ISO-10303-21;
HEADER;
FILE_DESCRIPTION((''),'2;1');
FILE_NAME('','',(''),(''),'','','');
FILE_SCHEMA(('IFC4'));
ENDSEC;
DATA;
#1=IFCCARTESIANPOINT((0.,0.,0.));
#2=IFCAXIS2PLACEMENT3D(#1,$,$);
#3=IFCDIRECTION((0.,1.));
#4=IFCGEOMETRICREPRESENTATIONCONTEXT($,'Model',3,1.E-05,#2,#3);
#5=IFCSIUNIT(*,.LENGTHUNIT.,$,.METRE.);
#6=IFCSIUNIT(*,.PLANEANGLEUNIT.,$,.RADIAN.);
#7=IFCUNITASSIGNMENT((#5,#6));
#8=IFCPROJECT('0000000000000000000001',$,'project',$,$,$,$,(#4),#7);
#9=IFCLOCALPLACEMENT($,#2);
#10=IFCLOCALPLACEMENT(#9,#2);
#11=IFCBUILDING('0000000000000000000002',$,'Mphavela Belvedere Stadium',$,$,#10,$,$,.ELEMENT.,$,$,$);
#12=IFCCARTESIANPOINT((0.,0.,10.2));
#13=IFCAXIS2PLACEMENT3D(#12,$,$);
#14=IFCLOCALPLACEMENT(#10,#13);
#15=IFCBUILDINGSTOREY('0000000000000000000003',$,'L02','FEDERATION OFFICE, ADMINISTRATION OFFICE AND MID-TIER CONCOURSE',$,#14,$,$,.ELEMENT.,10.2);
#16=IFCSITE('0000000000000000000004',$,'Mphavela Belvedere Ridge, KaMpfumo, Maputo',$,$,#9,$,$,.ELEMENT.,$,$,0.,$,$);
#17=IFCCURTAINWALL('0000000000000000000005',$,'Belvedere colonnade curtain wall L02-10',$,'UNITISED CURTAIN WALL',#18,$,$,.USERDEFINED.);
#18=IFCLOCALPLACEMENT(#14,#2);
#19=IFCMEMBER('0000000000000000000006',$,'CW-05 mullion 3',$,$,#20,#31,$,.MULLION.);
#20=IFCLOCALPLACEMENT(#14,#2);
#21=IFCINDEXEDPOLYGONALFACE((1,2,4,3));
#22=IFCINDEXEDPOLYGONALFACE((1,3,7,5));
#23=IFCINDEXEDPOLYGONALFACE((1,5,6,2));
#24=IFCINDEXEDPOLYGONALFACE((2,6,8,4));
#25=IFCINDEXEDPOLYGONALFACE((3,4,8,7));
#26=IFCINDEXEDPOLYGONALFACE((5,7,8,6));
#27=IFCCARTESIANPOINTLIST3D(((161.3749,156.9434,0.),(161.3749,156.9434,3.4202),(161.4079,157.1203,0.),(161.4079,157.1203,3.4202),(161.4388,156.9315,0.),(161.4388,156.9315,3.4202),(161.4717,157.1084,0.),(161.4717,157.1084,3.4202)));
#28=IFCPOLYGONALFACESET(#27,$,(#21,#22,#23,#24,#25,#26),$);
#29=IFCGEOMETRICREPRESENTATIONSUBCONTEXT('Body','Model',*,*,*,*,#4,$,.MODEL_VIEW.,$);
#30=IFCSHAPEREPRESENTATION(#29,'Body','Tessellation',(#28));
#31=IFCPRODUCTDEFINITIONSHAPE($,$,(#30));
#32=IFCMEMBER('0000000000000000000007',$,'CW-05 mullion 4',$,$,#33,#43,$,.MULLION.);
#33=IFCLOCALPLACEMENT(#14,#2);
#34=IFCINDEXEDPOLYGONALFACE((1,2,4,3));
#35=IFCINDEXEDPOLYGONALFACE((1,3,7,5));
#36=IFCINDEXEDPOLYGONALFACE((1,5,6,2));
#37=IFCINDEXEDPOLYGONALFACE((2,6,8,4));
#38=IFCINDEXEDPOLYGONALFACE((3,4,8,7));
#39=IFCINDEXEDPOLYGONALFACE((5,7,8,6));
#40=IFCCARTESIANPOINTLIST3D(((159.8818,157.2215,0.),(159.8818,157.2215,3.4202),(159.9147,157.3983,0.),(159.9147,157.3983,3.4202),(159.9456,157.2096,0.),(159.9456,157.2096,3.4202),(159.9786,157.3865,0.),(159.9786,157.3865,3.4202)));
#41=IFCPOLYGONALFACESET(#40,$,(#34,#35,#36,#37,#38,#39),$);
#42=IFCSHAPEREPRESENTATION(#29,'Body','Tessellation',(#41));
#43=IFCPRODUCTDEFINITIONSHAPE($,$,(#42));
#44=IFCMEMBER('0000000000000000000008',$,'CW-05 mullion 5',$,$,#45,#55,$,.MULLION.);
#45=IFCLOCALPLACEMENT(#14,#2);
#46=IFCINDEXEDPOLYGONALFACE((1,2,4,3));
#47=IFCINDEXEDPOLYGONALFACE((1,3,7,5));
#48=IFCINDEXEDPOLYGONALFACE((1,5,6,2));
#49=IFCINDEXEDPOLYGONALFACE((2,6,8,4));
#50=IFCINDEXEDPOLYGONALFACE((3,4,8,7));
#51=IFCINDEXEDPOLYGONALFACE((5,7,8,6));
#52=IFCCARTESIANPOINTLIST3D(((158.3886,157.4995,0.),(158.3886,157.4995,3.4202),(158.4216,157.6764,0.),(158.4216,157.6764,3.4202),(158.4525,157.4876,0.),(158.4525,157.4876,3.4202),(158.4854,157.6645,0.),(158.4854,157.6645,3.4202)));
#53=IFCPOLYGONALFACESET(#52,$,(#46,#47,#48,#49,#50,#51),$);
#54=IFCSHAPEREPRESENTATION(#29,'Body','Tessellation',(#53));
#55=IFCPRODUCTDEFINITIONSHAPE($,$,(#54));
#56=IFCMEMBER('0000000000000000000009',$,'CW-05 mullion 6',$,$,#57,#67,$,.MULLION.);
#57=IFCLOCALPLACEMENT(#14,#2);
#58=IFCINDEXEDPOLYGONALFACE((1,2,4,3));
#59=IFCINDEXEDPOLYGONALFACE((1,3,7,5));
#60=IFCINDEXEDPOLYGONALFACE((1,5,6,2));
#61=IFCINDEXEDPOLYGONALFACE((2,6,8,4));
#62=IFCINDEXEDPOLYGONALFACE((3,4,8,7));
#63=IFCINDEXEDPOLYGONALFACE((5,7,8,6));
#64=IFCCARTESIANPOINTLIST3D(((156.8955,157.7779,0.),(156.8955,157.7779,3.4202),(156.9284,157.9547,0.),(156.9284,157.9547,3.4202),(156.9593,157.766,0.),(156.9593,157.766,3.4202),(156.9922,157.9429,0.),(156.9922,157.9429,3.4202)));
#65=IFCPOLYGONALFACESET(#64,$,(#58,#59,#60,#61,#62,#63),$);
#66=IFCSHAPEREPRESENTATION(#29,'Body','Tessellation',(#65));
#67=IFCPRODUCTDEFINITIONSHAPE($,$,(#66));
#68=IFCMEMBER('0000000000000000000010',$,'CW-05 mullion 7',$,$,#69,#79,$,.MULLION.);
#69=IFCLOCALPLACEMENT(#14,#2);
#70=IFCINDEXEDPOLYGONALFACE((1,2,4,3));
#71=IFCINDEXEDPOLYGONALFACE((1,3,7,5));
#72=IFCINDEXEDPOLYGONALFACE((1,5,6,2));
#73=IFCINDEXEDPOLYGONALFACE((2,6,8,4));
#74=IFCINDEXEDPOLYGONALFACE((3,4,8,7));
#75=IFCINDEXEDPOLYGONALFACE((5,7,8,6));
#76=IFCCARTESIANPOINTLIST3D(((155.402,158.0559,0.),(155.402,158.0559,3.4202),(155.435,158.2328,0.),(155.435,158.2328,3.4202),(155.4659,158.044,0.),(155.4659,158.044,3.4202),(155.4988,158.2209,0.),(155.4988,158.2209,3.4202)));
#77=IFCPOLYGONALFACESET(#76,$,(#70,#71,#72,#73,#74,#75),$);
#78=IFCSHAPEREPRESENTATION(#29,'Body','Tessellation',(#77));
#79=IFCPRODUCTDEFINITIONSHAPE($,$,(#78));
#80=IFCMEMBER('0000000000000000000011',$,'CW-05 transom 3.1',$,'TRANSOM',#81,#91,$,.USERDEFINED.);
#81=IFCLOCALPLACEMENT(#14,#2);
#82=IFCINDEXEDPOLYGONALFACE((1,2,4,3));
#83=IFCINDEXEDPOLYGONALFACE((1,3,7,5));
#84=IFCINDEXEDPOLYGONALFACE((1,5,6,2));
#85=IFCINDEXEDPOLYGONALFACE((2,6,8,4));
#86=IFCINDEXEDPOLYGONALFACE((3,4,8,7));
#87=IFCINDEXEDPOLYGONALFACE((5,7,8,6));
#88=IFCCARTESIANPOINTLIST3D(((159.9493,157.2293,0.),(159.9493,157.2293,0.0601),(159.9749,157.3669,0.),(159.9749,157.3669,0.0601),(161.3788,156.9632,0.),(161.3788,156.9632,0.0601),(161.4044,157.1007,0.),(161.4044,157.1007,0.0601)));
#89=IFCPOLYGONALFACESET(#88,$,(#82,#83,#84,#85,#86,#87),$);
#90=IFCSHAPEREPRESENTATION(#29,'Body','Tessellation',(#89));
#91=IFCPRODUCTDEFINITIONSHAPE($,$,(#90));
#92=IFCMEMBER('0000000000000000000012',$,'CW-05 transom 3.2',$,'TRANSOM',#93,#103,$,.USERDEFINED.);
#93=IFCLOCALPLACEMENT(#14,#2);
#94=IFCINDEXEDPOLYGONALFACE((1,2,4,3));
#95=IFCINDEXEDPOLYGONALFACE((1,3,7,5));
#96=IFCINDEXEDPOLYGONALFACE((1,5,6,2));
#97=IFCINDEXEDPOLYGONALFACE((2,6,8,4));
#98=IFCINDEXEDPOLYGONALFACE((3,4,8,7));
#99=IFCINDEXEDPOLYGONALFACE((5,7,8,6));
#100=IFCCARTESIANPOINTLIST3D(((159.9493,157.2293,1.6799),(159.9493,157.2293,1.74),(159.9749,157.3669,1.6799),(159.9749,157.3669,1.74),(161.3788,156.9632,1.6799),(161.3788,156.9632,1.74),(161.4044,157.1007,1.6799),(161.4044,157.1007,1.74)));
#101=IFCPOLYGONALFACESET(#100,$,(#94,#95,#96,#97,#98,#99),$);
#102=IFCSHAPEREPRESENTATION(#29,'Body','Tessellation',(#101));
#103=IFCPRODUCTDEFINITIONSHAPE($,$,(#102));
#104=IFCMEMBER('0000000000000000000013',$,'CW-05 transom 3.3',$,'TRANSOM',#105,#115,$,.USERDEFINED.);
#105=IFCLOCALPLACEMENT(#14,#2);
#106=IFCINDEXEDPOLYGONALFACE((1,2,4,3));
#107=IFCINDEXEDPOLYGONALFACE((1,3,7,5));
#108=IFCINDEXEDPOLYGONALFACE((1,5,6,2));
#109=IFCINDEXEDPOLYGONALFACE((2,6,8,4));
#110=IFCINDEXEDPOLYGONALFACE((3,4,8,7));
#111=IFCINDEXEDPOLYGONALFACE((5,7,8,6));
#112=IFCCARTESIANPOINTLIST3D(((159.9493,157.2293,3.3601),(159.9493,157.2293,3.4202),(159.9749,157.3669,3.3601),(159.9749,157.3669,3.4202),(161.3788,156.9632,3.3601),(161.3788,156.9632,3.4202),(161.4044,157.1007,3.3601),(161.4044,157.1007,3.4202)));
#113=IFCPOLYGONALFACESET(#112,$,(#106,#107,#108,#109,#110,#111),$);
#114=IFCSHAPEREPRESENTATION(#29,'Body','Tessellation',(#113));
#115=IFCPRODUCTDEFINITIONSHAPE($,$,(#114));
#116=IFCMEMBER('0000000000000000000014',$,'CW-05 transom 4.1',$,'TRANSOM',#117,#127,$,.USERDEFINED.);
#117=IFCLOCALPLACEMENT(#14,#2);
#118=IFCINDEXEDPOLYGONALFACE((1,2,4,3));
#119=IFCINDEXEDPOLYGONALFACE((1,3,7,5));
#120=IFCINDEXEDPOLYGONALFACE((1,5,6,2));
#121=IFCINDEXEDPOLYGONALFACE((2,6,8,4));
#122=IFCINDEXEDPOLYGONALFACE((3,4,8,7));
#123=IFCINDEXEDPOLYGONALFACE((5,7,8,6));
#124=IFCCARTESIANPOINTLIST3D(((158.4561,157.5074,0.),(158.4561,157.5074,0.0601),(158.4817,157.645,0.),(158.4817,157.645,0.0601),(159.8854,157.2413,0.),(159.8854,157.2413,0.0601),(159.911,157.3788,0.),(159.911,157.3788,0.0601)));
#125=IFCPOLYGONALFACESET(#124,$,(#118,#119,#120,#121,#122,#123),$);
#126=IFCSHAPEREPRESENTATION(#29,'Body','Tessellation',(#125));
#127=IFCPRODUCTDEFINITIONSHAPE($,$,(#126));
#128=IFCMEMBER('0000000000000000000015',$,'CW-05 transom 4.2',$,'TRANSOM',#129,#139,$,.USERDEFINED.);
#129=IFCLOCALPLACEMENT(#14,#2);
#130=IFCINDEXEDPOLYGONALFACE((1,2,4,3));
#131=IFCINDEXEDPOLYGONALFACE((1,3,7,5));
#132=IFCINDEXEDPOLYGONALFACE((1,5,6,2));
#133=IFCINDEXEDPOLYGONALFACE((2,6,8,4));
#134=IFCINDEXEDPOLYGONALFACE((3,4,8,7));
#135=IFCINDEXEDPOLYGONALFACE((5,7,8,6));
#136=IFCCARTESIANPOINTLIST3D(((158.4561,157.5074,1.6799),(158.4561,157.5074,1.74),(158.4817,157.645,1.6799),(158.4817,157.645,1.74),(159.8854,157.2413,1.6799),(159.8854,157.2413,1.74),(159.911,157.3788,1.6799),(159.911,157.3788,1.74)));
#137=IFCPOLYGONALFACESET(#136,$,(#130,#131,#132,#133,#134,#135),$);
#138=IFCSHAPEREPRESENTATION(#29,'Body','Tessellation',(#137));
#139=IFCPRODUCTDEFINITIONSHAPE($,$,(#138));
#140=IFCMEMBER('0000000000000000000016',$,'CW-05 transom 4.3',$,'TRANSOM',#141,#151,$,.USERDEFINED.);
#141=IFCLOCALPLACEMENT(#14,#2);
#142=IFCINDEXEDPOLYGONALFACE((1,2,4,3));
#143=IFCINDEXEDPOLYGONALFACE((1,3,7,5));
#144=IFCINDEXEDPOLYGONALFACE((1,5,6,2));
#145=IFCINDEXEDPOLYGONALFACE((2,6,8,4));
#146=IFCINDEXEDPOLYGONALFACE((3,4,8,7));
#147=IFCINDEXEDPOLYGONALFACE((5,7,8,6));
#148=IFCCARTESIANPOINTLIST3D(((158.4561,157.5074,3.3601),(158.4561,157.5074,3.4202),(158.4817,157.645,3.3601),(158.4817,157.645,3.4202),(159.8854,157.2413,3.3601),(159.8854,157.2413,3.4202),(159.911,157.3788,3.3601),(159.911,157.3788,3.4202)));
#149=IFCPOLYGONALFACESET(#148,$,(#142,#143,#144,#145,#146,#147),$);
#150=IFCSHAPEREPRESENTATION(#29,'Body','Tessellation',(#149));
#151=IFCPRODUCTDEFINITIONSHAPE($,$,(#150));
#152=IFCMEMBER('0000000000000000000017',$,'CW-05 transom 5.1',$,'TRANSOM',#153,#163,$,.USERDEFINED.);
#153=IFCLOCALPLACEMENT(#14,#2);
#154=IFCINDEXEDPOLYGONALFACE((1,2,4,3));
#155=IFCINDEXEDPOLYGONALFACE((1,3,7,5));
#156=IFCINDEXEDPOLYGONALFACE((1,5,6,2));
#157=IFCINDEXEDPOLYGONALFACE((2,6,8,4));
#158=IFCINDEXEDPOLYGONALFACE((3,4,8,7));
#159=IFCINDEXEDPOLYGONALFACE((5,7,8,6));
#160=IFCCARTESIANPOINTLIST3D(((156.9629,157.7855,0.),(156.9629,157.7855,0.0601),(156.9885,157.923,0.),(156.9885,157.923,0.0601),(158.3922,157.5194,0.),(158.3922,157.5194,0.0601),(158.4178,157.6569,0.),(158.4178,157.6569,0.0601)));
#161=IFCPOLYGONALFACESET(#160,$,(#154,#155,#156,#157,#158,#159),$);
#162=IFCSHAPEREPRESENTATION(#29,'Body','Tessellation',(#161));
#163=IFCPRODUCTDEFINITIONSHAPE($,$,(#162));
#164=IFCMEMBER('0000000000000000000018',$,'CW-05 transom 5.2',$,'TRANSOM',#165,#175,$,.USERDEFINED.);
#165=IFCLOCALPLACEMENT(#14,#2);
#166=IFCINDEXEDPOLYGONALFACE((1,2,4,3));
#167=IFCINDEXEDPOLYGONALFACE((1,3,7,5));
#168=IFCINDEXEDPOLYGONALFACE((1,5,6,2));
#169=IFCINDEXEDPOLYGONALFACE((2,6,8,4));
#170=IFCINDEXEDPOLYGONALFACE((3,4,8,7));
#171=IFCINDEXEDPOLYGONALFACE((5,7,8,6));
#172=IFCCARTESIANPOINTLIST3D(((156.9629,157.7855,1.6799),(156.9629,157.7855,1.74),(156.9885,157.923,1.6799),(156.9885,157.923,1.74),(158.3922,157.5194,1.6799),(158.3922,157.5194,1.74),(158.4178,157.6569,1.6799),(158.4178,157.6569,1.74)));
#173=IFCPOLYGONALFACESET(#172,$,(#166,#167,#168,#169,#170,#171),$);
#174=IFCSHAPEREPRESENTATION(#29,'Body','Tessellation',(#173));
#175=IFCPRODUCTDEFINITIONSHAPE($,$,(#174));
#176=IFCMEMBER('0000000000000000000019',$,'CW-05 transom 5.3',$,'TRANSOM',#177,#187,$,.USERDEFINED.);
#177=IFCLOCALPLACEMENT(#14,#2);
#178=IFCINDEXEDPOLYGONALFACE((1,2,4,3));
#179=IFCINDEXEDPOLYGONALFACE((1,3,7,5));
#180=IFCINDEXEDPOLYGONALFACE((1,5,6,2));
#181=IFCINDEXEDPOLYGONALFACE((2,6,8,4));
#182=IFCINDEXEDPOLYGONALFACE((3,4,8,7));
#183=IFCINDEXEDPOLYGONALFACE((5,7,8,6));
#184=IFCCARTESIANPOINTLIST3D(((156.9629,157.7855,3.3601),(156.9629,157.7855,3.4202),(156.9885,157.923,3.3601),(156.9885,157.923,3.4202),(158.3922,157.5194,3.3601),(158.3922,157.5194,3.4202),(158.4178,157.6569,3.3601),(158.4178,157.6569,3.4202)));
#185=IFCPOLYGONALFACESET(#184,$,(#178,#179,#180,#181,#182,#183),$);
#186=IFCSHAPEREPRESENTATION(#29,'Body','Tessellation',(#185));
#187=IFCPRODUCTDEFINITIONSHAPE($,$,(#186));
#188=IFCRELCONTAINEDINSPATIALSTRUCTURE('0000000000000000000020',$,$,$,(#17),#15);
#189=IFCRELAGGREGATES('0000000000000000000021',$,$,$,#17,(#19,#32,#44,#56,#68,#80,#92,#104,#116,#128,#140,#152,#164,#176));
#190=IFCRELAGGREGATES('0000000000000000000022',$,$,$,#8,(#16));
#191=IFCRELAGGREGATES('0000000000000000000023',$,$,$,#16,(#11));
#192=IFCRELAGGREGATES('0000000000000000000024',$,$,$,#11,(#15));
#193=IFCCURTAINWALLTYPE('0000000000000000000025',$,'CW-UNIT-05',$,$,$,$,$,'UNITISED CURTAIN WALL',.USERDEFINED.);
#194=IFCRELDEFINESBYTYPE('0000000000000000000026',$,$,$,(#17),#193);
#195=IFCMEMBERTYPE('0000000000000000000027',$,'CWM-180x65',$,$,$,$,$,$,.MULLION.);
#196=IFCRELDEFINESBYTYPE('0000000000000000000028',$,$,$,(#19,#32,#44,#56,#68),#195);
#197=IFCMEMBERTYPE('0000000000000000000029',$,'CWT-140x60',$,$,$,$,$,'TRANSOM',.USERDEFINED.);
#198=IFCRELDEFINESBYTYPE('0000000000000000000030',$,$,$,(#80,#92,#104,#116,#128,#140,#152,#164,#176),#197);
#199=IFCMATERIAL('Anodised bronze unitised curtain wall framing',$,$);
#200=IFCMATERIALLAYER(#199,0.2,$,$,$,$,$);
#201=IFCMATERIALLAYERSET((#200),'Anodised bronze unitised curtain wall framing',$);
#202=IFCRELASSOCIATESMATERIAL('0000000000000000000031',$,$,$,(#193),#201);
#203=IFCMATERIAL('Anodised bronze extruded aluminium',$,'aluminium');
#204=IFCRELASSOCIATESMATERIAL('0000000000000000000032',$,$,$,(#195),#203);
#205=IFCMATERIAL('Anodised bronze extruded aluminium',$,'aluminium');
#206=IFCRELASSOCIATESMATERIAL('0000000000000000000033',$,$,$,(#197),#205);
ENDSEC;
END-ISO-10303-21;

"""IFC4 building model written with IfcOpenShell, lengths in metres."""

from ifc_helpers import new_model, si_unit, direction, frame, origin, origin_2d, place, context, subcontext, project, spatial, rectangle, extrude, material, layer, layer_set, material_profile, profile_set, type_object, element, aggregate, save


model = new_model("IFC4")

# Units and contexts
model_context = context("Model", 3, precision=1e-05, world=origin(), true_north=direction((0.0, 1.0)))
body_context = subcontext(model_context, "Body", "Model", "MODEL_VIEW")
ifc_project = project(units=[si_unit("LENGTHUNIT", "METRE"), si_unit("PLANEANGLEUNIT", "RADIAN")], contexts=[model_context])

# Site, building, storey
site_placement = place(None, origin())
site = spatial("IfcSite", under=ifc_project, at=site_placement, Name="Mphavela Belvedere Ridge, KaMpfumo, Maputo", CompositionType="ELEMENT", RefElevation=0.0)
building_placement = place(site_placement, origin())
building = spatial("IfcBuilding", under=site, at=building_placement, Name="Mphavela Belvedere Stadium", CompositionType="ELEMENT")
storey_placement = place(building_placement, frame((0.0, 0.0, 10.2)))
storey = spatial("IfcBuildingStorey", under=building, at=storey_placement, Name="L02", Description="FEDERATION OFFICE, ADMINISTRATION OFFICE AND MID-TIER CONCOURSE", CompositionType="ELEMENT", Elevation=10.2)

# Curtain wall, members
ifc_material_1 = material(Name="Anodised bronze unitised curtain wall framing")
ifc_layer_1 = layer(ifc_material_1, 0.2)
ifc_layer_set_1 = layer_set([ifc_layer_1], Name="Anodised bronze unitised curtain wall framing")
curtain_wall_type = type_object("IfcCurtainWallType", Name="CW-UNIT-05", ElementType="UNITISED CURTAIN WALL", PredefinedType="USERDEFINED", material=ifc_layer_set_1)
curtain_wall_placement = place(storey_placement, origin())
curtain_wall = element("IfcCurtainWall", 1, at=curtain_wall_placement, inside=storey, type_object=curtain_wall_type, Name="Belvedere colonnade curtain wall L02-10", ObjectType="UNITISED CURTAIN WALL", PredefinedType="USERDEFINED")
ifc_material_2 = material(Name="Anodised bronze extruded aluminium", Category="aluminium")
ifc_material_profile_1 = material_profile(ifc_material_2, rectangle(XDim=0.1799, YDim=0.0649, at=origin_2d()), Name="CW-MUL 180x65")
ifc_profile_set_1 = profile_set([ifc_material_profile_1], Name="Anodised bronze extruded aluminium")
member_type_1 = type_object("IfcMemberType", Name="CWM-180x65", PredefinedType="MULLION", material=ifc_profile_set_1)
member_1_placement = place(storey_placement, frame((161.4233, 157.0259, 0.0), z_axis=(0.0, 0.0, 1.0), x_axis=(-0.183085, -0.983097, 0.0)))
member_1 = element("IfcMember", 2, at=member_1_placement, type_object=member_type_1, Name="CW-05 mullion 3", PredefinedType="MULLION", context=body_context, shape_type="SweptSolid", body=[
    extrude(rectangle(XDim=0.1799, YDim=0.0649, at=origin_2d()), origin(), (0.0, 0.0, 1.0), 3.4202),
])
member_2_placement = place(storey_placement, frame((159.9302, 157.304, 0.0), z_axis=(0.0, 0.0, 1.0), x_axis=(-0.183085, -0.983097, 0.0)))
member_2 = element("IfcMember", 3, at=member_2_placement, type_object=member_type_1, Name="CW-05 mullion 4", PredefinedType="MULLION", context=body_context, shape_type="SweptSolid", body=[
    extrude(rectangle(XDim=0.1799, YDim=0.0649, at=origin_2d()), origin(), (0.0, 0.0, 1.0), 3.4202),
])
member_3_placement = place(storey_placement, frame((158.437, 157.582, 0.0), z_axis=(0.0, 0.0, 1.0), x_axis=(-0.183085, -0.983097, 0.0)))
member_3 = element("IfcMember", 4, at=member_3_placement, type_object=member_type_1, Name="CW-05 mullion 5", PredefinedType="MULLION", context=body_context, shape_type="SweptSolid", body=[
    extrude(rectangle(XDim=0.1799, YDim=0.0649, at=origin_2d()), origin(), (0.0, 0.0, 1.0), 3.4202),
])
member_4_placement = place(storey_placement, frame((156.9438, 157.8604, 0.0), z_axis=(0.0, 0.0, 1.0), x_axis=(-0.183085, -0.983097, 0.0)))
member_4 = element("IfcMember", 5, at=member_4_placement, type_object=member_type_1, Name="CW-05 mullion 6", PredefinedType="MULLION", context=body_context, shape_type="SweptSolid", body=[
    extrude(rectangle(XDim=0.1799, YDim=0.0649, at=origin_2d()), origin(), (0.0, 0.0, 1.0), 3.4202),
])
member_5_placement = place(storey_placement, frame((155.4504, 158.1384, 0.0), z_axis=(0.0, 0.0, 1.0), x_axis=(-0.183085, -0.983097, 0.0)))
member_5 = element("IfcMember", 6, at=member_5_placement, type_object=member_type_1, Name="CW-05 mullion 7", PredefinedType="MULLION", context=body_context, shape_type="SweptSolid", body=[
    extrude(rectangle(XDim=0.1799, YDim=0.0649, at=origin_2d()), origin(), (0.0, 0.0, 1.0), 3.4202),
])
ifc_material_3 = material(Name="Anodised bronze extruded aluminium", Category="aluminium")
ifc_material_profile_2 = material_profile(ifc_material_3, rectangle(XDim=0.1399, YDim=0.0601, at=origin_2d()), Name="CW-TRN 140x60")
ifc_profile_set_2 = profile_set([ifc_material_profile_2], Name="Anodised bronze extruded aluminium")
member_type_2 = type_object("IfcMemberType", Name="CWT-140x60", ElementType="TRANSOM", PredefinedType="USERDEFINED", material=ifc_profile_set_2)
member_6_placement = place(storey_placement, frame((161.3916, 157.032, 0.03), z_axis=(-0.983109, 0.183021, 0.0), x_axis=(-0.183021, -0.983109, 0.0)))
member_6 = element("IfcMember", 7, at=member_6_placement, type_object=member_type_2, Name="CW-05 transom 3.1", ObjectType="TRANSOM", PredefinedType="USERDEFINED", context=body_context, shape_type="SweptSolid", body=[
    extrude(rectangle(XDim=0.1399, YDim=0.0601, at=origin_2d()), origin(), (0.0, 0.0, 1.0), 1.4541),
])
member_7_placement = place(storey_placement, frame((161.3916, 157.032, 1.71), z_axis=(-0.983109, 0.183021, 0.0), x_axis=(-0.183021, -0.983109, 0.0)))
member_7 = element("IfcMember", 8, at=member_7_placement, type_object=member_type_2, Name="CW-05 transom 3.2", ObjectType="TRANSOM", PredefinedType="USERDEFINED", context=body_context, shape_type="SweptSolid", body=[
    extrude(rectangle(XDim=0.1399, YDim=0.0601, at=origin_2d()), origin(), (0.0, 0.0, 1.0), 1.4541),
])
member_8_placement = place(storey_placement, frame((161.3916, 157.032, 3.3901), z_axis=(-0.983109, 0.183021, 0.0), x_axis=(-0.183021, -0.983109, 0.0)))
member_8 = element("IfcMember", 9, at=member_8_placement, type_object=member_type_2, Name="CW-05 transom 3.3", ObjectType="TRANSOM", PredefinedType="USERDEFINED", context=body_context, shape_type="SweptSolid", body=[
    extrude(rectangle(XDim=0.1399, YDim=0.0601, at=origin_2d()), origin(), (0.0, 0.0, 1.0), 1.4541),
])
member_9_placement = place(storey_placement, frame((159.8982, 157.3101, 0.03), z_axis=(-0.983103, 0.183051, 0.0), x_axis=(-0.183051, -0.983103, 0.0)))
member_9 = element("IfcMember", 10, at=member_9_placement, type_object=member_type_2, Name="CW-05 transom 4.1", ObjectType="TRANSOM", PredefinedType="USERDEFINED", context=body_context, shape_type="SweptSolid", body=[
    extrude(rectangle(XDim=0.1399, YDim=0.0601, at=origin_2d()), origin(), (0.0, 0.0, 1.0), 1.4539),
])
member_10_placement = place(storey_placement, frame((159.8982, 157.3101, 1.71), z_axis=(-0.983103, 0.183051, 0.0), x_axis=(-0.183051, -0.983103, 0.0)))
member_10 = element("IfcMember", 11, at=member_10_placement, type_object=member_type_2, Name="CW-05 transom 4.2", ObjectType="TRANSOM", PredefinedType="USERDEFINED", context=body_context, shape_type="SweptSolid", body=[
    extrude(rectangle(XDim=0.1399, YDim=0.0601, at=origin_2d()), origin(), (0.0, 0.0, 1.0), 1.4539),
])
member_11_placement = place(storey_placement, frame((159.8982, 157.3101, 3.3901), z_axis=(-0.983103, 0.183051, 0.0), x_axis=(-0.183051, -0.983103, 0.0)))
member_11 = element("IfcMember", 12, at=member_11_placement, type_object=member_type_2, Name="CW-05 transom 4.3", ObjectType="TRANSOM", PredefinedType="USERDEFINED", context=body_context, shape_type="SweptSolid", body=[
    extrude(rectangle(XDim=0.1399, YDim=0.0601, at=origin_2d()), origin(), (0.0, 0.0, 1.0), 1.4539),
])
member_12_placement = place(storey_placement, frame((158.405, 157.5881, 0.03), z_axis=(-0.983103, 0.183051, 0.0), x_axis=(-0.183051, -0.983103, 0.0)))
member_12 = element("IfcMember", 13, at=member_12_placement, type_object=member_type_2, Name="CW-05 transom 5.1", ObjectType="TRANSOM", PredefinedType="USERDEFINED", context=body_context, shape_type="SweptSolid", body=[
    extrude(rectangle(XDim=0.1399, YDim=0.0601, at=origin_2d()), origin(), (0.0, 0.0, 1.0), 1.4539),
])
member_13_placement = place(storey_placement, frame((158.405, 157.5881, 1.71), z_axis=(-0.983103, 0.183051, 0.0), x_axis=(-0.183051, -0.983103, 0.0)))
member_13 = element("IfcMember", 14, at=member_13_placement, type_object=member_type_2, Name="CW-05 transom 5.2", ObjectType="TRANSOM", PredefinedType="USERDEFINED", context=body_context, shape_type="SweptSolid", body=[
    extrude(rectangle(XDim=0.1399, YDim=0.0601, at=origin_2d()), origin(), (0.0, 0.0, 1.0), 1.4539),
])
member_14_placement = place(storey_placement, frame((158.405, 157.5881, 3.3901), z_axis=(-0.983103, 0.183051, 0.0), x_axis=(-0.183051, -0.983103, 0.0)))
member_14 = element("IfcMember", 15, at=member_14_placement, type_object=member_type_2, Name="CW-05 transom 5.3", ObjectType="TRANSOM", PredefinedType="USERDEFINED", context=body_context, shape_type="SweptSolid", body=[
    extrude(rectangle(XDim=0.1399, YDim=0.0601, at=origin_2d()), origin(), (0.0, 0.0, 1.0), 1.4539),
])
aggregate(curtain_wall, [member_1, member_2, member_3, member_4, member_5, member_6, member_7, member_8, member_9, member_10, member_11, member_12, member_13, member_14])

save(model, "model.ifc")
